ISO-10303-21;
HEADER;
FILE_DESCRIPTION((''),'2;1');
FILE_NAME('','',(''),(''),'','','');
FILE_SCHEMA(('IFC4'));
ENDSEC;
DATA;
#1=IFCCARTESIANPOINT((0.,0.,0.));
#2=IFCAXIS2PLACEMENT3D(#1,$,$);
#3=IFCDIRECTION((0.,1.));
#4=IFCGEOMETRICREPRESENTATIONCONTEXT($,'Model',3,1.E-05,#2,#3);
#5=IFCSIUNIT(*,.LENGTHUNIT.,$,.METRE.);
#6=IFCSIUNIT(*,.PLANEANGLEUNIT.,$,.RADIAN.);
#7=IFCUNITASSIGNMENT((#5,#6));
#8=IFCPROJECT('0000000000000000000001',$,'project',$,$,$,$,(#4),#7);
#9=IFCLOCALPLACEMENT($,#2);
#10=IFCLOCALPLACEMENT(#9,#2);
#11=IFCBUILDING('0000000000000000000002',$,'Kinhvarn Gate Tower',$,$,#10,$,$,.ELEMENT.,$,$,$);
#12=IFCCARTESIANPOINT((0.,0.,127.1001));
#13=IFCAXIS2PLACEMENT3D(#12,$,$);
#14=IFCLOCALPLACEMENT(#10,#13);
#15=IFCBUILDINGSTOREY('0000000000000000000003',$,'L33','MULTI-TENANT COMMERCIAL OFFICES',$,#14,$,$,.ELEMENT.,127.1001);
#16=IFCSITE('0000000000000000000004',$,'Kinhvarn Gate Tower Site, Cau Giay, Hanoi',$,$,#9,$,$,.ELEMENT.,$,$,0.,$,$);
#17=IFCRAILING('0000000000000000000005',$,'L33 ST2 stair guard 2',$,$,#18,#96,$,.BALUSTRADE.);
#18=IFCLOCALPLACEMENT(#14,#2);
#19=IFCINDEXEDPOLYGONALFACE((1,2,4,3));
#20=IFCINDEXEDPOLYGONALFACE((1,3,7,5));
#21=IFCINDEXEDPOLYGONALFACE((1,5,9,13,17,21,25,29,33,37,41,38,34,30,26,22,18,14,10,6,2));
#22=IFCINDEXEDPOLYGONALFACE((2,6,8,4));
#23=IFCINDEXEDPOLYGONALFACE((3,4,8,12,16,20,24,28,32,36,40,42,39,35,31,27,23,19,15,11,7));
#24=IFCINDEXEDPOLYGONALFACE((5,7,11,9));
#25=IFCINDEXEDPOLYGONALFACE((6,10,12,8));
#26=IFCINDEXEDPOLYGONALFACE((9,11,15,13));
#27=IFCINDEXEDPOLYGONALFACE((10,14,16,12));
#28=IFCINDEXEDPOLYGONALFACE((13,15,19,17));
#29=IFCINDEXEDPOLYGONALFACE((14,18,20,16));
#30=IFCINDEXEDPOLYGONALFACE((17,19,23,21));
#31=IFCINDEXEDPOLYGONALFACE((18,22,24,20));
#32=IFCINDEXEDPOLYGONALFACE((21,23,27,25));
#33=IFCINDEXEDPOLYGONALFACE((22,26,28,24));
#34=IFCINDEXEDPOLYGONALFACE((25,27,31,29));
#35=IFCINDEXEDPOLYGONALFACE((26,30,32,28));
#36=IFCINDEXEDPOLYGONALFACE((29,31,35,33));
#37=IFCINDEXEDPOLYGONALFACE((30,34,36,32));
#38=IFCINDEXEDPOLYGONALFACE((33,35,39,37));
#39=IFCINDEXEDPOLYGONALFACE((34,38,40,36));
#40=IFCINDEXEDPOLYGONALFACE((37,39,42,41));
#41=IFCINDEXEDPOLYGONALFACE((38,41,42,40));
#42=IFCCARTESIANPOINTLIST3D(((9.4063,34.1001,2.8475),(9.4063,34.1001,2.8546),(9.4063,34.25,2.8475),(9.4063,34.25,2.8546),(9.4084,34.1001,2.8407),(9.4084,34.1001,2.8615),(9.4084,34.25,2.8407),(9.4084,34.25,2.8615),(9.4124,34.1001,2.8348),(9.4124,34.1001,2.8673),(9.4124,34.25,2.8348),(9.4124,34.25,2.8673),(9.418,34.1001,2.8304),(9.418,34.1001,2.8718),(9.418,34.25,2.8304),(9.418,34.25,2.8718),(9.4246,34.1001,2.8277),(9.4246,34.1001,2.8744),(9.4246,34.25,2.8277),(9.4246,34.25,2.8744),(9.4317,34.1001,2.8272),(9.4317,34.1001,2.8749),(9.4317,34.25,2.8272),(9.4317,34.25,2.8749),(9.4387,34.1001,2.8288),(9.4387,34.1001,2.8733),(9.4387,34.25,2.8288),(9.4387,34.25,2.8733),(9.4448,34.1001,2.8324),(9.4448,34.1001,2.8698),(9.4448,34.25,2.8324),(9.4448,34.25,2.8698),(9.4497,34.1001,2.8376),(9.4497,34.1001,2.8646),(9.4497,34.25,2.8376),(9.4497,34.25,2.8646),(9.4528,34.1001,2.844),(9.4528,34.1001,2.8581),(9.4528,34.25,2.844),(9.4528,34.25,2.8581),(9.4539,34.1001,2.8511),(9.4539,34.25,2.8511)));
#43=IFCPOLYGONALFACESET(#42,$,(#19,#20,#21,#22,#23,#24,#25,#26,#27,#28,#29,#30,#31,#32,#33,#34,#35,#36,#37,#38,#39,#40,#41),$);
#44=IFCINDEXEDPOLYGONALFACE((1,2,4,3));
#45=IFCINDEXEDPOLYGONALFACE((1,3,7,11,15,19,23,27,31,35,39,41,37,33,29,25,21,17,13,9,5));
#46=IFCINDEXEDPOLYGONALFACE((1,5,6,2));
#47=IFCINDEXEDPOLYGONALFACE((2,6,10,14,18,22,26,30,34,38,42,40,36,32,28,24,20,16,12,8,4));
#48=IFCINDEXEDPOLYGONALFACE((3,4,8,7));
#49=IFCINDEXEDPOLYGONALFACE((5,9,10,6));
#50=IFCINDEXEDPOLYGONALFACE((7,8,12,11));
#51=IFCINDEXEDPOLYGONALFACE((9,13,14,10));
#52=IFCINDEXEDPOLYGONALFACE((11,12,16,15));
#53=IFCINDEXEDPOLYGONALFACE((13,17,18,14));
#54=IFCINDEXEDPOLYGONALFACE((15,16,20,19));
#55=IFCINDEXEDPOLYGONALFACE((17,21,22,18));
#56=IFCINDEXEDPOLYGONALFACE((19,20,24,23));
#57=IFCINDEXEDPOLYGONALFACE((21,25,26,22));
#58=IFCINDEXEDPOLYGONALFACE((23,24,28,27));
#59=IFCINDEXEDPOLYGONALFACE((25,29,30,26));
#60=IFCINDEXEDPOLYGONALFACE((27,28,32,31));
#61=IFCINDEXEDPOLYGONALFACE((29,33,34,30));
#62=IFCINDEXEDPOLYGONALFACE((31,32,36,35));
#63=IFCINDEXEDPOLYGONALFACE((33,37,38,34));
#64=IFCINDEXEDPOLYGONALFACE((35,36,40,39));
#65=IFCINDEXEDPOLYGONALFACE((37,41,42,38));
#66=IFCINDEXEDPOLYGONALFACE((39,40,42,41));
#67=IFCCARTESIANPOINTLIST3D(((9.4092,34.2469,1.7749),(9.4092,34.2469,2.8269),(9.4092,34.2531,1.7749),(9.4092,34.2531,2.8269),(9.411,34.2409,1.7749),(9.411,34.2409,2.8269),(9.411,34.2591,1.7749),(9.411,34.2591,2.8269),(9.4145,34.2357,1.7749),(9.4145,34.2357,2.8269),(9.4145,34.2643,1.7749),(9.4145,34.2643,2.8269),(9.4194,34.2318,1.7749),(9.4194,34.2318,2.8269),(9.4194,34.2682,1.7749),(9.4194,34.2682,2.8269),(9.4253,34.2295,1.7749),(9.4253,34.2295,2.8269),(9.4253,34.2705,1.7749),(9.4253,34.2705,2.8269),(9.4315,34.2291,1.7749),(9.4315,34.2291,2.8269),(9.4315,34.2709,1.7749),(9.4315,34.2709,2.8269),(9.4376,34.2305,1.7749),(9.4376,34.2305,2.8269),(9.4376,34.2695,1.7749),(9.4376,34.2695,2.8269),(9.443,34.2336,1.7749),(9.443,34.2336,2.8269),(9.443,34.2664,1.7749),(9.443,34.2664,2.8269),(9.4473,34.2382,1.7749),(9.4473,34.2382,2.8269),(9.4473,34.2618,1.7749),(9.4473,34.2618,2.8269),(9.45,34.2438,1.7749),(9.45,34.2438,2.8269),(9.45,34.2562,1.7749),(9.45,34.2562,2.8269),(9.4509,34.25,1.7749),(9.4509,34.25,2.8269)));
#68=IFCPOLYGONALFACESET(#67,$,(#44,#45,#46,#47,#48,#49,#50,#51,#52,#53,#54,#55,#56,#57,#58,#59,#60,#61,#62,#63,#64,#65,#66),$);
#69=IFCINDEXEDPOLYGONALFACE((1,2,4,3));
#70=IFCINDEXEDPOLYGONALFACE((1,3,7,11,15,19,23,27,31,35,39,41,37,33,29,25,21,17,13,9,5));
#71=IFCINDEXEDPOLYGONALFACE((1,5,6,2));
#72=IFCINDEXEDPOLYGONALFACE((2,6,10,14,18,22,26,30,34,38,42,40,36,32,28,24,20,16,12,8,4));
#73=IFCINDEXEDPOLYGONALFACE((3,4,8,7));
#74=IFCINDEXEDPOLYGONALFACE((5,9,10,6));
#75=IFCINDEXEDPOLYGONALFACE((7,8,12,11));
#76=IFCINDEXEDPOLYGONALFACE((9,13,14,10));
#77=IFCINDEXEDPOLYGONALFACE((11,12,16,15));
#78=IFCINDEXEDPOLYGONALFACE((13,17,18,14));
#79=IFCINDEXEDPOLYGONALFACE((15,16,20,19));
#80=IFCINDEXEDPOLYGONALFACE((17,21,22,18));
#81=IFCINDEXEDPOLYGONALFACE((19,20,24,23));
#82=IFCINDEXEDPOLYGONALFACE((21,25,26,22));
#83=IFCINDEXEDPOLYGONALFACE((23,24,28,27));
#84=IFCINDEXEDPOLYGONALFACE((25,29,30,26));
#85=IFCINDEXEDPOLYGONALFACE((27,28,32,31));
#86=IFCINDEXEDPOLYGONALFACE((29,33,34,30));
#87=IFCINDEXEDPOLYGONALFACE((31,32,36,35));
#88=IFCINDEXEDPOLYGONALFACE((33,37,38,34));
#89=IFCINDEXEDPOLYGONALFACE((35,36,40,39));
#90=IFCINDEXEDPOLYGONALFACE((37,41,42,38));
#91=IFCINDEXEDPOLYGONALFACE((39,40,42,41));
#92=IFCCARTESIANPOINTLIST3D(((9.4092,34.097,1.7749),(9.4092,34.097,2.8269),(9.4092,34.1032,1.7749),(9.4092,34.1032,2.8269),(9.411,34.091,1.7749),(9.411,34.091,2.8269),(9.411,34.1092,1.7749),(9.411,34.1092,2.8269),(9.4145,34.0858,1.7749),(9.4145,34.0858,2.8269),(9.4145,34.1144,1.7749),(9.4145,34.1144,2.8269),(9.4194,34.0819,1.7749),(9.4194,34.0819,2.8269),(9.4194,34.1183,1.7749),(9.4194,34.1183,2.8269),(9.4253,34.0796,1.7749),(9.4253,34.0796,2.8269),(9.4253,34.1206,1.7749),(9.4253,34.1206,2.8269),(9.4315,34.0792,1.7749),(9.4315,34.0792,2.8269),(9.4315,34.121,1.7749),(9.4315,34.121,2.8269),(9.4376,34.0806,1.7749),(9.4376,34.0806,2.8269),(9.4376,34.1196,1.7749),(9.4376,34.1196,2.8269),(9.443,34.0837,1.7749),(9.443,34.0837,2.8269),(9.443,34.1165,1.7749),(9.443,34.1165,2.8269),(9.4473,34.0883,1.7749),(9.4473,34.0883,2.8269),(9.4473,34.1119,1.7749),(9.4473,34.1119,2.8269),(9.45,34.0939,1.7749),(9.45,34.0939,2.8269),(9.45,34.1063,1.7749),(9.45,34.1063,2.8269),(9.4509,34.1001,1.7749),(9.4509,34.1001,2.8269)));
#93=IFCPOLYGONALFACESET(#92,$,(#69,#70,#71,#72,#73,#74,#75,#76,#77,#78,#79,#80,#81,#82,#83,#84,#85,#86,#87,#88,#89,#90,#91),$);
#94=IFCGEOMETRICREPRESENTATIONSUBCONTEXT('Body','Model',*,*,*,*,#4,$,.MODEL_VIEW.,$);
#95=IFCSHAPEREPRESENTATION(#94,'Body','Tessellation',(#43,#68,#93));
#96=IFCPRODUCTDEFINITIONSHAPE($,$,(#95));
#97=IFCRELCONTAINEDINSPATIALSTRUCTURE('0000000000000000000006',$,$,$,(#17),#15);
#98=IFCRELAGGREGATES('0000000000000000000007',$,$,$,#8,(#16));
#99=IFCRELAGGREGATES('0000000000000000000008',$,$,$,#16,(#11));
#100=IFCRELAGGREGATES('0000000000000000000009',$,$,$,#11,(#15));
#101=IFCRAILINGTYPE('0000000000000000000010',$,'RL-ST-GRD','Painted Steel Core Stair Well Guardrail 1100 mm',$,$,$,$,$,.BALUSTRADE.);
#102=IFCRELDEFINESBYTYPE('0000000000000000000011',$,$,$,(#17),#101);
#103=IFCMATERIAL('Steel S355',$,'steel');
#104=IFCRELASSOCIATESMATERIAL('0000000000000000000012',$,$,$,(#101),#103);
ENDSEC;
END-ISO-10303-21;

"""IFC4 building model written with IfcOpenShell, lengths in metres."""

from ifc_helpers import new_model, si_unit, direction, frame, origin, origin_2d, place, context, subcontext, project, spatial, circle, extrude, material, type_object, element, save


model = new_model("IFC4")

# Units and contexts
model_context = context("Model", 3, precision=1e-05, world=origin(), true_north=direction((0.0, 1.0)))
body_context = subcontext(model_context, "Body", "Model", "MODEL_VIEW")
ifc_project = project(units=[si_unit("LENGTHUNIT", "METRE"), si_unit("PLANEANGLEUNIT", "RADIAN")], contexts=[model_context])

# Site, building, storey
site_placement = place(None, origin())
site = spatial("IfcSite", under=ifc_project, at=site_placement, Name="Kinhvarn Gate Tower Site, Cau Giay, Hanoi", CompositionType="ELEMENT", RefElevation=0.0)
building_placement = place(site_placement, origin())
building = spatial("IfcBuilding", under=site, at=building_placement, Name="Kinhvarn Gate Tower", CompositionType="ELEMENT")
storey_placement = place(building_placement, frame((0.0, 0.0, 127.1001)))
storey = spatial("IfcBuildingStorey", under=building, at=storey_placement, Name="L33", Description="MULTI-TENANT COMMERCIAL OFFICES", CompositionType="ELEMENT", Elevation=127.1001)

# Shared definitions
ifc_material_1 = material(Name="Steel S355", Category="steel")

# Railing
railing_type_1 = type_object("IfcRailingType", Name="RL-ST-GRD", Description="Painted Steel Core Stair Well Guardrail 1100 mm", PredefinedType="BALUSTRADE", material=ifc_material_1)
railing_1_placement = place(storey_placement, frame((9.4299, 34.25, 1.7749)))
element("IfcRailing", 1, at=railing_1_placement, inside=storey, type_object=railing_type_1, Name="L33 ST2 stair guard 2", PredefinedType="BALUSTRADE", context=body_context, shape_type="SweptSolid", body=[
    extrude(circle(Radius=0.0239, at=origin_2d()), frame((0.0, 0.0, 1.0762), z_axis=(0.0, -1.0, 0.0), x_axis=(1.0, 0.0, 0.0)), (0.0, 0.0, 1.0), 0.1499),
    extrude(circle(Radius=0.021, at=origin_2d()), origin(), (0.0, 0.0, 1.0), 1.052),
    extrude(circle(Radius=0.021, at=origin_2d()), frame((0.0, -0.1499, 0.0)), (0.0, 0.0, 1.0), 1.052),
])

save(model, "model.ifc")
